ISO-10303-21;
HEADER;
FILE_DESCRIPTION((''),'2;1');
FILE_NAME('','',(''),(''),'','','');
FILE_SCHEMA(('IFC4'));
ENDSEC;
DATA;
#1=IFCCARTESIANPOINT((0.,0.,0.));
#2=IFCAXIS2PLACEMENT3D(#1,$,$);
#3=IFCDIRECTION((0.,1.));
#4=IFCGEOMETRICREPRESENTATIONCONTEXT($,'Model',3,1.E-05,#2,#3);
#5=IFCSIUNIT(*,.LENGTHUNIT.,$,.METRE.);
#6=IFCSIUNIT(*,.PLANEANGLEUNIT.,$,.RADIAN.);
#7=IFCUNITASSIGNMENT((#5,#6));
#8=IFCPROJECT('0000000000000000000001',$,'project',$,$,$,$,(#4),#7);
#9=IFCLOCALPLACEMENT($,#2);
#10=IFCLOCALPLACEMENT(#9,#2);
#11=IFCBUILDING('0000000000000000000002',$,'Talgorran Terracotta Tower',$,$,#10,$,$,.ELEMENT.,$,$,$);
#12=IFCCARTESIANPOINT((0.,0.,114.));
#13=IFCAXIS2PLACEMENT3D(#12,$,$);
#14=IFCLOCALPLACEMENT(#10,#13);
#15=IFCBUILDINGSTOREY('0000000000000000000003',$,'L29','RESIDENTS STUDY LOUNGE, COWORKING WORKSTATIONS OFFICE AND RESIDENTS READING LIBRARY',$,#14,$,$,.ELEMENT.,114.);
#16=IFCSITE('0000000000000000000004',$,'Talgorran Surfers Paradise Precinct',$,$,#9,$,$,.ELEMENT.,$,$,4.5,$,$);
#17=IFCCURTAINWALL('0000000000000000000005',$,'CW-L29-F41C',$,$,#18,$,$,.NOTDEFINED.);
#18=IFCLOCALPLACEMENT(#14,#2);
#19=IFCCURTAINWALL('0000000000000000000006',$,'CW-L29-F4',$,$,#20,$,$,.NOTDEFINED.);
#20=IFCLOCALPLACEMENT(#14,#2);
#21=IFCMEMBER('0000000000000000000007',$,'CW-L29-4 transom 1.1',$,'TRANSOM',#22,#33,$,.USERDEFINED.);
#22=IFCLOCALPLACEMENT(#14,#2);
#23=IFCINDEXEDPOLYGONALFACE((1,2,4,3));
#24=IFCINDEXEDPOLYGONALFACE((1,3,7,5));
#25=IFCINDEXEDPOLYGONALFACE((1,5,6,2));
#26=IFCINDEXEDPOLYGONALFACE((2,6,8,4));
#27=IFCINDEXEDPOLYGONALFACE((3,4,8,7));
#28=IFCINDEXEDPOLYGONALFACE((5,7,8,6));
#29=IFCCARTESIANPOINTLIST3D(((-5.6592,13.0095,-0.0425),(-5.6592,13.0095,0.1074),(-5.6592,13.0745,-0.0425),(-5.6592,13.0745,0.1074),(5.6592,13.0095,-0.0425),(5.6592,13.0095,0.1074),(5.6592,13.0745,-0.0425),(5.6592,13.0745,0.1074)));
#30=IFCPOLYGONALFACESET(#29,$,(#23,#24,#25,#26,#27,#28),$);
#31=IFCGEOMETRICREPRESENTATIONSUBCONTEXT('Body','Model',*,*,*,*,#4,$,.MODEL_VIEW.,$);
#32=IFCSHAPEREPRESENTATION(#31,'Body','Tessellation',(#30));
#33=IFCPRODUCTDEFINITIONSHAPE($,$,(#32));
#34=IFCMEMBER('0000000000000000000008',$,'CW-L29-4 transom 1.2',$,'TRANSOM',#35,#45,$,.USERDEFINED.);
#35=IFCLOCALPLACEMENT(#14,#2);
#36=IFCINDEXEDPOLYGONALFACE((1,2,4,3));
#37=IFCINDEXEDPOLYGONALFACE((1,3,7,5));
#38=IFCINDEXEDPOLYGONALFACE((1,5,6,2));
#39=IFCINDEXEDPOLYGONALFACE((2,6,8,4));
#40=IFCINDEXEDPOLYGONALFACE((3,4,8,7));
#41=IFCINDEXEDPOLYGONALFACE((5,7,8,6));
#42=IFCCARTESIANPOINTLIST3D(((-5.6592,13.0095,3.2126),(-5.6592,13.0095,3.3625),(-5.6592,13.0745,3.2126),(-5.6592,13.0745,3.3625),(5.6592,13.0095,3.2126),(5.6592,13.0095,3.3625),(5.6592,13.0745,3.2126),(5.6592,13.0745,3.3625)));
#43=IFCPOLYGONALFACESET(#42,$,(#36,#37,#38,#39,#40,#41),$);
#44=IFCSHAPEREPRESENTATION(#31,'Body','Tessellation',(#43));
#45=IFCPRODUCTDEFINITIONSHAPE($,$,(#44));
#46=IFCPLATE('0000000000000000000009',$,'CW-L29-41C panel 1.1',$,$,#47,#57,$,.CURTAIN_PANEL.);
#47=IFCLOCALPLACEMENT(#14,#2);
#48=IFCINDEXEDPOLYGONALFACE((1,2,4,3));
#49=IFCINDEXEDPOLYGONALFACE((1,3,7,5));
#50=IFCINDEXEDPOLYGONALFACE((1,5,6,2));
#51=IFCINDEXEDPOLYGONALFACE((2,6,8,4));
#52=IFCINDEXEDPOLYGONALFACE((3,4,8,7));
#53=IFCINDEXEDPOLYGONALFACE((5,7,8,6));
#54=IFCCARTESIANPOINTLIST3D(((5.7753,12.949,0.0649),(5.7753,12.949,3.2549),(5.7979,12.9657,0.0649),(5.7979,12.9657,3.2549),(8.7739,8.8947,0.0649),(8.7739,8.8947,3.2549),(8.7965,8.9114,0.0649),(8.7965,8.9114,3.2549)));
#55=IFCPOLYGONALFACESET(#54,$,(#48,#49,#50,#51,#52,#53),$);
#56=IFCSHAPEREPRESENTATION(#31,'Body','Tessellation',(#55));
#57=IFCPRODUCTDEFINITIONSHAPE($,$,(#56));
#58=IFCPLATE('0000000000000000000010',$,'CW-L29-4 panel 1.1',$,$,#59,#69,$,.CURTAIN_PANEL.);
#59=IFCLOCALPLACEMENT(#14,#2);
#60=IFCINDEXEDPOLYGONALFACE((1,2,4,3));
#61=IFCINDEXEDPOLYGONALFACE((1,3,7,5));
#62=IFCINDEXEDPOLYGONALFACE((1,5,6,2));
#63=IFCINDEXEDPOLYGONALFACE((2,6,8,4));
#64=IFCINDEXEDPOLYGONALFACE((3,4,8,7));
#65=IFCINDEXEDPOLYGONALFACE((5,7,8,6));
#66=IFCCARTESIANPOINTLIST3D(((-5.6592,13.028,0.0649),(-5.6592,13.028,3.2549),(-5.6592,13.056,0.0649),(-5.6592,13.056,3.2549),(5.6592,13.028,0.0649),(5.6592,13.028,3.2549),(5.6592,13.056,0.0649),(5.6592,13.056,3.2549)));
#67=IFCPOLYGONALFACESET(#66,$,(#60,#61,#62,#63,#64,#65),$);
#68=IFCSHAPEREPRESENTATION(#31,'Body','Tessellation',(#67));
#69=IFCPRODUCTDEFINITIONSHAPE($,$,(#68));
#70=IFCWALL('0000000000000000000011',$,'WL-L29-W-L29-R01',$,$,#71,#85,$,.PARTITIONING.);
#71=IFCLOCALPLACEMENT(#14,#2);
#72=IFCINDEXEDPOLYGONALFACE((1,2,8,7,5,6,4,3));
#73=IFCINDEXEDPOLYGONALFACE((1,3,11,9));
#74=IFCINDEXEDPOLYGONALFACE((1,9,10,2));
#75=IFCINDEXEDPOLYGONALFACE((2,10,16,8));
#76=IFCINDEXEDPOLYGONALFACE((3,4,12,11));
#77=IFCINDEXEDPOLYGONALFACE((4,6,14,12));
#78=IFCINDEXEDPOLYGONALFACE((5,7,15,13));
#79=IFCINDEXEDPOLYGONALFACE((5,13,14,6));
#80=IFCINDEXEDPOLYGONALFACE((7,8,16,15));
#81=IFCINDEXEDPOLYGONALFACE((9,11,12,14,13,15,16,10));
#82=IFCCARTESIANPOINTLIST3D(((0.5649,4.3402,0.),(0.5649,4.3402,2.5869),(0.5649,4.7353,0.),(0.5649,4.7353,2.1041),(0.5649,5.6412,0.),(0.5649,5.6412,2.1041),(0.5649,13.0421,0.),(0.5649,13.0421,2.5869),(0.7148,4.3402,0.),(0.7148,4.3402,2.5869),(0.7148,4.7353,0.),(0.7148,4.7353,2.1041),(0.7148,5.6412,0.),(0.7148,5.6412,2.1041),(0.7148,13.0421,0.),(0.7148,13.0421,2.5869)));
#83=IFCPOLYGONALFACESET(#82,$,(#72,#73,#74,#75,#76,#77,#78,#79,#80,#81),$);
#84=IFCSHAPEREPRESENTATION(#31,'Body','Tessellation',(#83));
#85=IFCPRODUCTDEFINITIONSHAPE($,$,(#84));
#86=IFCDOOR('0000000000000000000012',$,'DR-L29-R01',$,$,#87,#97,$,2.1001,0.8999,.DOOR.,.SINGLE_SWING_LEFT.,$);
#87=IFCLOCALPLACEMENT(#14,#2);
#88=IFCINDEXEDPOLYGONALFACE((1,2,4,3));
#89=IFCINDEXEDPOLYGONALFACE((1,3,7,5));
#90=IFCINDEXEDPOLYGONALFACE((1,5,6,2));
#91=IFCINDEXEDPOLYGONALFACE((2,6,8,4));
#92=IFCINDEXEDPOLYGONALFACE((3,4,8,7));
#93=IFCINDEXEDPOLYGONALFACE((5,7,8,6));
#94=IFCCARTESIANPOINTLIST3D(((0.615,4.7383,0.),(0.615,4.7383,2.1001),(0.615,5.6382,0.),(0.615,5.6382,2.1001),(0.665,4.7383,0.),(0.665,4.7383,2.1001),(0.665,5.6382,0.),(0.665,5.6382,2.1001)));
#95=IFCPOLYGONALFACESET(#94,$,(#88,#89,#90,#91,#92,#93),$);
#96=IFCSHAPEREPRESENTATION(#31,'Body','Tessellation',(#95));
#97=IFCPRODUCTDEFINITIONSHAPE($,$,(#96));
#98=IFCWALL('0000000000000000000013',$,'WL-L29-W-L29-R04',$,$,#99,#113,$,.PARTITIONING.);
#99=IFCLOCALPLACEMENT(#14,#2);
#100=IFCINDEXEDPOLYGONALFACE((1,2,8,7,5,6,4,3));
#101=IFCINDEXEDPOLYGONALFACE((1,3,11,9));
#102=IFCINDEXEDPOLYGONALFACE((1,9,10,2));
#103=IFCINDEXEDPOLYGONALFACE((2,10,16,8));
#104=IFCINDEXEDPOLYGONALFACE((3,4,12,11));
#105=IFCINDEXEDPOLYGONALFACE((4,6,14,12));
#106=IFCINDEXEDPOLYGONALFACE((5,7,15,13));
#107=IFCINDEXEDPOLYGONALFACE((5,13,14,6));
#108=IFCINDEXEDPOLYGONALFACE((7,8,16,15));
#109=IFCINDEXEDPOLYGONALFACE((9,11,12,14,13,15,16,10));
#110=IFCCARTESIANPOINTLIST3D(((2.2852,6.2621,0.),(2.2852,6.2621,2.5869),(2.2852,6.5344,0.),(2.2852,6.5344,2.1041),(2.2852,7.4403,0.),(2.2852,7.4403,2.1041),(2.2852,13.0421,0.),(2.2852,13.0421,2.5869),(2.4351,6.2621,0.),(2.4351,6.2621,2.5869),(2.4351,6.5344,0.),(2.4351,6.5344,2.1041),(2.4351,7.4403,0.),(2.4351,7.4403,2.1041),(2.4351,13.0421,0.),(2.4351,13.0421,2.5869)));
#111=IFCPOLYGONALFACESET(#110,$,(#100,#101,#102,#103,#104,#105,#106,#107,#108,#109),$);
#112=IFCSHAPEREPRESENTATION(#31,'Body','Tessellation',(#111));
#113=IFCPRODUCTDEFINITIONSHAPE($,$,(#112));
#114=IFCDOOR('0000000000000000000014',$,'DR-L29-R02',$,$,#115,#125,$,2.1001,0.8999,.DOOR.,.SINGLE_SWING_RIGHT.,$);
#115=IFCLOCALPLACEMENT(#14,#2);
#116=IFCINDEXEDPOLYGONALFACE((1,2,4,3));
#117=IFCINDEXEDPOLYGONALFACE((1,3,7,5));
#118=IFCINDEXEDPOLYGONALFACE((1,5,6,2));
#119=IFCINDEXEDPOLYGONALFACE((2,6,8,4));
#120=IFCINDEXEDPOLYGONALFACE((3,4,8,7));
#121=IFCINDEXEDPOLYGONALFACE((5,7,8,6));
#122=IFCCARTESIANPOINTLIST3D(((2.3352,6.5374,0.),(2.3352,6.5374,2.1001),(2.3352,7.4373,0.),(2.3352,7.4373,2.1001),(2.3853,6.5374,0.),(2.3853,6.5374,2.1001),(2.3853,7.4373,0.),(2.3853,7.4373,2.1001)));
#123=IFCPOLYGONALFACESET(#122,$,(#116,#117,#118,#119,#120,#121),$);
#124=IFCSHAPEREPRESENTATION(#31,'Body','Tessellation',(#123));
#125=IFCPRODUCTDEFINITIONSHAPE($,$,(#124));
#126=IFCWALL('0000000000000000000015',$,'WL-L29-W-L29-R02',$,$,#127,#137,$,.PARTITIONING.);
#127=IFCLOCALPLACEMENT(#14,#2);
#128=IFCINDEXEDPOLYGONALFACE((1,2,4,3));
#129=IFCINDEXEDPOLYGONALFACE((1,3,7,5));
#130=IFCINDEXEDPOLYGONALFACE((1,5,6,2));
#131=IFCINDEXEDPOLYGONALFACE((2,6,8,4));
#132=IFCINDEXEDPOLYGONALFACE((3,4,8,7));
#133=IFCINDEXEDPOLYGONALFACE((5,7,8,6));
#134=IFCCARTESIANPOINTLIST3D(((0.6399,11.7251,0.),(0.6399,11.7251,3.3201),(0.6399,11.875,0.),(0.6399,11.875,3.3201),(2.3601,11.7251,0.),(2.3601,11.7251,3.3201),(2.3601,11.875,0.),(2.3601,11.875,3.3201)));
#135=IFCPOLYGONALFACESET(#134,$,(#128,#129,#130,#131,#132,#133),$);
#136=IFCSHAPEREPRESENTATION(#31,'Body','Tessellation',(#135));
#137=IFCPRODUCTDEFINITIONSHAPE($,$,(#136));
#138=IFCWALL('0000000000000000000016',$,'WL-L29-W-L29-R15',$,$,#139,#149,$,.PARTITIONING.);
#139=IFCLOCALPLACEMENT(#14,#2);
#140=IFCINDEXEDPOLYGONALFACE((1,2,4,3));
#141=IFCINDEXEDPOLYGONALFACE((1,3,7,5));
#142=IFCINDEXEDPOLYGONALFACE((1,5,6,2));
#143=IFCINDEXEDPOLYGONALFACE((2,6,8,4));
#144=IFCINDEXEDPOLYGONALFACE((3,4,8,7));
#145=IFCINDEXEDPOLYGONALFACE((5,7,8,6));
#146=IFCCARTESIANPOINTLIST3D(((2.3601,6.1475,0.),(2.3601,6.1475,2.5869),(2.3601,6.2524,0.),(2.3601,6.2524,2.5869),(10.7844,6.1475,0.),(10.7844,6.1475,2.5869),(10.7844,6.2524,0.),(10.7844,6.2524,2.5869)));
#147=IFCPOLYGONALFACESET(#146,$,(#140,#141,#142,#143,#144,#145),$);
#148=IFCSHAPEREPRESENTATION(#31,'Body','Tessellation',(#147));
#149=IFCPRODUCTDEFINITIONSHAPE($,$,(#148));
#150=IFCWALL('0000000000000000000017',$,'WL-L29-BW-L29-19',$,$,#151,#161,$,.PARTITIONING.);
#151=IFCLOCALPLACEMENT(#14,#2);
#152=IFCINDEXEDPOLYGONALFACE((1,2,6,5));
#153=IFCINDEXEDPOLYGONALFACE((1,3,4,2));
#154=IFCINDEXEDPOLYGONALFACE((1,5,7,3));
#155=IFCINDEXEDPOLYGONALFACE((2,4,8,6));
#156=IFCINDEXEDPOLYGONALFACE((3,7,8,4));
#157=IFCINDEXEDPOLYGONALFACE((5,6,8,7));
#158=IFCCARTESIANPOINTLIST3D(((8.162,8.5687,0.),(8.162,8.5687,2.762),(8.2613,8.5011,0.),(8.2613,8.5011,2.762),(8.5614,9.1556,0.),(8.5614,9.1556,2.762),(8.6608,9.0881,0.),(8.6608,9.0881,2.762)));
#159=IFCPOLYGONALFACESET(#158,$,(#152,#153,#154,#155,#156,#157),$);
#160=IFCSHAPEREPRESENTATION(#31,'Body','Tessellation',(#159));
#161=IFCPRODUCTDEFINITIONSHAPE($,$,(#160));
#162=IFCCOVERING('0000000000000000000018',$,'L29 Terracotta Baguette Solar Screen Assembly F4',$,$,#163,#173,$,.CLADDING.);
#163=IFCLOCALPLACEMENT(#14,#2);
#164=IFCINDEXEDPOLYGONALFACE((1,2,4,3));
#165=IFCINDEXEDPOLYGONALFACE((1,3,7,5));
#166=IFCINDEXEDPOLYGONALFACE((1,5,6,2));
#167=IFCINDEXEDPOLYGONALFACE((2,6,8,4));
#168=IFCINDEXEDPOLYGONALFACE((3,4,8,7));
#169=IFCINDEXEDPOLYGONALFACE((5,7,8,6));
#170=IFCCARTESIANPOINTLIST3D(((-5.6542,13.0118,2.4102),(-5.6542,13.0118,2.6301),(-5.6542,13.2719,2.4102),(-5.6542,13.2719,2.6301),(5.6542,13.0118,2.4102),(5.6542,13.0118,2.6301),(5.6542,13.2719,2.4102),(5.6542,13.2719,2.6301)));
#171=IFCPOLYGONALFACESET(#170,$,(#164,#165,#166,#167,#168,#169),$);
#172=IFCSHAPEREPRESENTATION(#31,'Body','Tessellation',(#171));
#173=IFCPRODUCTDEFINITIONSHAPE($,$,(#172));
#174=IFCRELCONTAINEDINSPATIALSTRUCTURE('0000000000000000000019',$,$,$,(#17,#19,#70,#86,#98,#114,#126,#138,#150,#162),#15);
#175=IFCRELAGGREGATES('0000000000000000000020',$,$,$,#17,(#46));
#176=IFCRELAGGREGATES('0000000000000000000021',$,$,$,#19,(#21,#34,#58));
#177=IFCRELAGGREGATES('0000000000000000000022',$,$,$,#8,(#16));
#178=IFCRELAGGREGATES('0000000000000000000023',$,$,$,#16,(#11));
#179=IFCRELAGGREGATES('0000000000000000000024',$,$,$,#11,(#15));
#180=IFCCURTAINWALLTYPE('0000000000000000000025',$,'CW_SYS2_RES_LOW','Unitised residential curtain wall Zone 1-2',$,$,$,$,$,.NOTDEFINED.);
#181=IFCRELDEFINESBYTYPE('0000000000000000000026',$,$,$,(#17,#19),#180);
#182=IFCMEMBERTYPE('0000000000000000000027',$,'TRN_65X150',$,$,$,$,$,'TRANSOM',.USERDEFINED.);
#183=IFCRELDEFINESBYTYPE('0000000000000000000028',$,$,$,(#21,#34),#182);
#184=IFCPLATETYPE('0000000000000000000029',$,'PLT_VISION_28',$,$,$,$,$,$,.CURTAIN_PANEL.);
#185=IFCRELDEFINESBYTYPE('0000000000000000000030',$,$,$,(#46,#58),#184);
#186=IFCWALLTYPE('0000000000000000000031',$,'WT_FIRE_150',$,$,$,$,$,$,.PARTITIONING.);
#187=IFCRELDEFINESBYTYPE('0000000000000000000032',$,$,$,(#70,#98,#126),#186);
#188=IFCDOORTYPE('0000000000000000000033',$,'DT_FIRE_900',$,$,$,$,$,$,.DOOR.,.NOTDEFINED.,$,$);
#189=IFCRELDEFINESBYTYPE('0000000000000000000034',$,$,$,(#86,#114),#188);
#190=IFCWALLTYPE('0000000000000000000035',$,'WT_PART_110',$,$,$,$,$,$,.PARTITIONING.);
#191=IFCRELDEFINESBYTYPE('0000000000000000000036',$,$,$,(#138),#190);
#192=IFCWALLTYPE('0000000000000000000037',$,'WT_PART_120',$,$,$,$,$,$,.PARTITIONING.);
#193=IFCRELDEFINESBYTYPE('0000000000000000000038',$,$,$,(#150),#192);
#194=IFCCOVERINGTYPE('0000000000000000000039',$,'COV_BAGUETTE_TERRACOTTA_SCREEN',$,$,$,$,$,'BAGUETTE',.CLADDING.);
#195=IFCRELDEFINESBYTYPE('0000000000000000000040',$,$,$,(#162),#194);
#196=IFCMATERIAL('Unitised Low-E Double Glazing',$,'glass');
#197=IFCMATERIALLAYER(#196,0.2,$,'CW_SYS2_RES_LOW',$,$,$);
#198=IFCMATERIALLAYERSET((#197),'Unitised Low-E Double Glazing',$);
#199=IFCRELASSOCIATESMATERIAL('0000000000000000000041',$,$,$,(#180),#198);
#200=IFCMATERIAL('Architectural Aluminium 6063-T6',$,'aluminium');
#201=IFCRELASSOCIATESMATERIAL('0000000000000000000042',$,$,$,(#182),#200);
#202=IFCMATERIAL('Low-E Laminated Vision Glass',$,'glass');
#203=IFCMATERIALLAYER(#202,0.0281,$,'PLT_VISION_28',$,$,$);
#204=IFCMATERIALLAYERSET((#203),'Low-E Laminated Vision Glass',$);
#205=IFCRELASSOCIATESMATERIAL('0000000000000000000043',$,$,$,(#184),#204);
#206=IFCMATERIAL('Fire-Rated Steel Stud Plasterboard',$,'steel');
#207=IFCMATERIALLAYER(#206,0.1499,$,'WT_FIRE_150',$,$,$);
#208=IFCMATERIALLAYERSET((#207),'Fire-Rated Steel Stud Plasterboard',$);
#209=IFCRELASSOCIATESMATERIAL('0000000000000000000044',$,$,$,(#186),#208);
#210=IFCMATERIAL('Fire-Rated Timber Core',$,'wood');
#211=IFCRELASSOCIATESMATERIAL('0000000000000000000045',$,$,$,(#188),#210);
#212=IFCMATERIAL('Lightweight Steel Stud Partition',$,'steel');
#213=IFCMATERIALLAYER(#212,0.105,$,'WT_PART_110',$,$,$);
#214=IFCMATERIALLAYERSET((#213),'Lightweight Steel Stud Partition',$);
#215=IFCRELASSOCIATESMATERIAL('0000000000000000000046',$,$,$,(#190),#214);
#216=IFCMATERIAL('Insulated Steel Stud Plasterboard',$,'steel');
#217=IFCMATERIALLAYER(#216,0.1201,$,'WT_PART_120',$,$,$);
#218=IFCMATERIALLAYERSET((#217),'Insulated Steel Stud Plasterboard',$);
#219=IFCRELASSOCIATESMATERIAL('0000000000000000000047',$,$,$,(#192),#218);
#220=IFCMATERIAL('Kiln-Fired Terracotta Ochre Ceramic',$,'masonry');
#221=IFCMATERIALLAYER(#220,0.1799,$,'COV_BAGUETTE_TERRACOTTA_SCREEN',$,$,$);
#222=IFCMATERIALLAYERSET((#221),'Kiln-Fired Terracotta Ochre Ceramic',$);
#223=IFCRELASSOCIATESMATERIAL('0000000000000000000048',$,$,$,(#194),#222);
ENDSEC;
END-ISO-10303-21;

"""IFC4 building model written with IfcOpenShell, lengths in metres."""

from ifc_helpers import new_model, si_unit, direction, frame, frame_2d, origin, origin_2d, place, context, subcontext, project, spatial, rectangle, extrude, source, transform, mapped, material, layer, layer_set, material_profile, profile_set, type_object, type_shapes, element, fill, aggregate, save


model = new_model("IFC4")

# Units and contexts
model_context = context("Model", 3, precision=1e-05, world=origin(), true_north=direction((0.0, 1.0)))
body_context = subcontext(model_context, "Body", "Model", "MODEL_VIEW")
ifc_project = project(units=[si_unit("LENGTHUNIT", "METRE"), si_unit("PLANEANGLEUNIT", "RADIAN")], contexts=[model_context])

# Site, building, storey
site_placement = place(None, origin())
site = spatial("IfcSite", under=ifc_project, at=site_placement, Name="Talgorran Surfers Paradise Precinct", CompositionType="ELEMENT", RefElevation=4.5)
building_placement = place(site_placement, origin())
building = spatial("IfcBuilding", under=site, at=building_placement, Name="Talgorran Terracotta Tower", CompositionType="ELEMENT")
storey_placement = place(building_placement, frame((0.0, 0.0, 114.0)))
storey = spatial("IfcBuildingStorey", under=building, at=storey_placement, Name="L29", Description="RESIDENTS STUDY LOUNGE, COWORKING WORKSTATIONS OFFICE AND RESIDENTS READING LIBRARY", CompositionType="ELEMENT", Elevation=114.0)

# Curtain wall
ifc_material_1 = material(Name="Unitised Low-E Double Glazing", Category="glass")
ifc_layer_1 = layer(ifc_material_1, 0.2, Name="CW_SYS2_RES_LOW")
ifc_layer_set_1 = layer_set([ifc_layer_1], Name="Unitised Low-E Double Glazing")
curtain_wall_type = type_object("IfcCurtainWallType", Name="CW_SYS2_RES_LOW", Description="Unitised residential curtain wall Zone 1-2", PredefinedType="NOTDEFINED", material=ifc_layer_set_1)
curtain_wall_1_placement = place(storey_placement, origin())
curtain_wall_1 = element("IfcCurtainWall", 1, at=curtain_wall_1_placement, inside=storey, type_object=curtain_wall_type, Name="CW-L29-F41C", PredefinedType="NOTDEFINED")
ifc_material_2 = material(Name="Architectural Aluminium 6063-T6", Category="aluminium")

# Curtain wall, members
curtain_wall_2_placement = place(storey_placement, origin())
curtain_wall_2 = element("IfcCurtainWall", 2, at=curtain_wall_2_placement, inside=storey, type_object=curtain_wall_type, Name="CW-L29-F4", PredefinedType="NOTDEFINED")
ifc_material_profile_1 = material_profile(ifc_material_2, rectangle(XDim=0.0649, YDim=0.1499, at=origin_2d()), Name="CWT65X150")
ifc_profile_set_1 = profile_set([ifc_material_profile_1], Name="Architectural Aluminium 6063-T6")
member_type_1 = type_object("IfcMemberType", Name="TRN_65X150", ElementType="TRANSOM", PredefinedType="USERDEFINED", material=ifc_profile_set_1)
member_1_placement = place(storey_placement, frame((5.6592, 13.042, 0.0325), z_axis=(-1.0, 0.0, 0.0), x_axis=(0.0, -1.0, 0.0)))
member_1 = element("IfcMember", 3, at=member_1_placement, type_object=member_type_1, Name="CW-L29-4 transom 1.1", ObjectType="TRANSOM", PredefinedType="USERDEFINED", context=body_context, shape_type="SweptSolid", body=[
    extrude(rectangle(XDim=0.0649, YDim=0.1499, at=origin_2d()), origin(), (0.0, 0.0, 1.0), 11.3184),
])
member_2_placement = place(storey_placement, frame((5.6592, 13.042, 3.2876), z_axis=(-1.0, 0.0, 0.0), x_axis=(0.0, -1.0, 0.0)))
member_2 = element("IfcMember", 4, at=member_2_placement, type_object=member_type_1, Name="CW-L29-4 transom 1.2", ObjectType="TRANSOM", PredefinedType="USERDEFINED", context=body_context, shape_type="SweptSolid", body=[
    extrude(rectangle(XDim=0.0649, YDim=0.1499, at=origin_2d()), origin(), (0.0, 0.0, 1.0), 11.3184),
])

# Plates
ifc_material_3 = material(Name="Low-E Laminated Vision Glass", Category="glass")
ifc_layer_2 = layer(ifc_material_3, 0.0281, Name="PLT_VISION_28")
ifc_layer_set_2 = layer_set([ifc_layer_2], Name="Low-E Laminated Vision Glass")
plate_type = type_object("IfcPlateType", Name="PLT_VISION_28", PredefinedType="CURTAIN_PANEL", material=ifc_layer_set_2)
shared_shape_1 = source(origin(), body_context, "Body", "SweptSolid", [
    extrude(rectangle(XDim=5.0427, YDim=0.0281, at=origin_2d()), origin(), (0.0, 0.0, 1.0), 3.1899),
])
plate_1_placement = place(storey_placement, frame((7.2859, 10.9302, 0.0649), z_axis=(0.0, 0.0, 1.0), x_axis=(-0.594632, 0.803998, 0.0)))
plate_1 = element("IfcPlate", 5, at=plate_1_placement, type_object=plate_type, Name="CW-L29-41C panel 1.1", PredefinedType="CURTAIN_PANEL", context=body_context, shape_type="MappedRepresentation", body=[
    mapped(shared_shape_1, transform((0.0, 0.0, 0.0), scale=1.0)),
])
aggregate(curtain_wall_1, [plate_1])
shared_shape_2 = source(origin(), body_context, "Body", "SweptSolid", [
    extrude(rectangle(XDim=11.3184, YDim=0.0281, at=origin_2d()), origin(), (0.0, 0.0, 1.0), 3.1899),
])
type_shapes(plate_type, [shared_shape_1, shared_shape_2])
plate_2_placement = place(storey_placement, frame((0.0, 13.042, 0.0649), z_axis=(0.0, 0.0, 1.0), x_axis=(-1.0, 0.0, 0.0)))
plate_2 = element("IfcPlate", 6, at=plate_2_placement, type_object=plate_type, Name="CW-L29-4 panel 1.1", PredefinedType="CURTAIN_PANEL", context=body_context, shape_type="MappedRepresentation", body=[
    mapped(shared_shape_2, transform((0.0, 0.0, 0.0), scale=1.0)),
])
aggregate(curtain_wall_2, [member_1, member_2, plate_2])

# Walls, openings, doors
ifc_material_4 = material(Name="Fire-Rated Steel Stud Plasterboard", Category="steel")
ifc_layer_3 = layer(ifc_material_4, 0.1499, Name="WT_FIRE_150")
ifc_layer_set_3 = layer_set([ifc_layer_3], Name="Fire-Rated Steel Stud Plasterboard")
wall_type_1 = type_object("IfcWallType", Name="WT_FIRE_150", PredefinedType="PARTITIONING", material=ifc_layer_set_3)
wall_1_placement = place(storey_placement, frame((0.6399, 4.3401, 0.0), z_axis=(0.0, 0.0, 1.0), x_axis=(0.0, 1.0, 0.0)))
wall_1 = element("IfcWall", 7, at=wall_1_placement, inside=storey, type_object=wall_type_1, Name="WL-L29-W-L29-R01", PredefinedType="PARTITIONING", context=body_context, shape_type="SweptSolid", body=[
    extrude(rectangle(XDim=8.7019, YDim=0.1499, at=frame_2d((4.3511, 0.0))), origin(), (0.0, 0.0, 1.0), 2.5869),
])
opening_1_placement = place(wall_1_placement, frame((0.3982, 0.0, 0.0)))
opening_1 = element("IfcOpeningElement", 8, at=opening_1_placement, cuts=wall_1, PredefinedType="OPENING", context=body_context, shape_type="SweptSolid", body=[
    extrude(rectangle(XDim=0.9059, YDim=2.1041, at=frame_2d((0.45, 1.052))), frame((0.0, 0.085, 0.0), z_axis=(0.0, -1.0, 0.0), x_axis=(1.0, 0.0, 0.0)), (0.0, 0.0, 1.0), 0.1699),
])
ifc_material_5 = material(Name="Fire-Rated Timber Core", Category="wood")
door_type = type_object("IfcDoorType", Name="DT_FIRE_900", OperationType="NOTDEFINED", PredefinedType="DOOR", material=ifc_material_5)
door_1_placement = place(opening_1_placement, origin())
door_1 = element("IfcDoor", 9, at=door_1_placement, inside=storey, type_object=door_type, Name="DR-L29-R01", OperationType="SINGLE_SWING_LEFT", OverallHeight=2.1001, OverallWidth=0.8999, PredefinedType="DOOR", context=body_context, shape_type="SweptSolid", body=[
    extrude(rectangle(XDim=0.8999, YDim=2.1001, at=frame_2d((0.45, 1.05))), frame((0.0, 0.0249, 0.0), z_axis=(0.0, -1.0, 0.0), x_axis=(1.0, 0.0, 0.0)), (0.0, 0.0, 1.0), 0.05),
])
fill(opening_1, door_1)
wall_2_placement = place(storey_placement, frame((2.3601, 6.262, 0.0), z_axis=(0.0, 0.0, 1.0), x_axis=(0.0, 1.0, 0.0)))
wall_2 = element("IfcWall", 10, at=wall_2_placement, inside=storey, type_object=wall_type_1, Name="WL-L29-W-L29-R04", PredefinedType="PARTITIONING", context=body_context, shape_type="SweptSolid", body=[
    extrude(rectangle(XDim=6.78, YDim=0.1499, at=frame_2d((3.3901, 0.0))), origin(), (0.0, 0.0, 1.0), 2.5869),
])
opening_2_placement = place(wall_2_placement, frame((0.2754, 0.0, 0.0)))
opening_2 = element("IfcOpeningElement", 11, at=opening_2_placement, cuts=wall_2, PredefinedType="OPENING", context=body_context, shape_type="SweptSolid", body=[
    extrude(rectangle(XDim=0.9059, YDim=2.1041, at=frame_2d((0.45, 1.052))), frame((0.0, 0.085, 0.0), z_axis=(0.0, -1.0, 0.0), x_axis=(1.0, 0.0, 0.0)), (0.0, 0.0, 1.0), 0.1699),
])
door_2_placement = place(opening_2_placement, origin())
door_2 = element("IfcDoor", 12, at=door_2_placement, inside=storey, type_object=door_type, Name="DR-L29-R02", OperationType="SINGLE_SWING_RIGHT", OverallHeight=2.1001, OverallWidth=0.8999, PredefinedType="DOOR", context=body_context, shape_type="SweptSolid", body=[
    extrude(rectangle(XDim=0.8999, YDim=2.1001, at=frame_2d((0.45, 1.05))), frame((0.0, 0.0249, 0.0), z_axis=(0.0, -1.0, 0.0), x_axis=(1.0, 0.0, 0.0)), (0.0, 0.0, 1.0), 0.05),
])
fill(opening_2, door_2)

# Walls
wall_3_placement = place(storey_placement, frame((0.6399, 11.8, 0.0), z_axis=(0.0, 0.0, 1.0), x_axis=(1.0, 0.0, 0.0)))
element("IfcWall", 13, at=wall_3_placement, inside=storey, type_object=wall_type_1, Name="WL-L29-W-L29-R02", PredefinedType="PARTITIONING", context=body_context, shape_type="SweptSolid", body=[
    extrude(rectangle(XDim=1.7202, YDim=0.1499, at=frame_2d((0.8601, 0.0))), origin(), (0.0, 0.0, 1.0), 3.3201),
])
ifc_material_6 = material(Name="Lightweight Steel Stud Partition", Category="steel")
ifc_layer_4 = layer(ifc_material_6, 0.105, Name="WT_PART_110")
ifc_layer_set_4 = layer_set([ifc_layer_4], Name="Lightweight Steel Stud Partition")
wall_type_2 = type_object("IfcWallType", Name="WT_PART_110", PredefinedType="PARTITIONING", material=ifc_layer_set_4)
wall_4_placement = place(storey_placement, frame((2.3601, 6.2, 0.0), z_axis=(0.0, 0.0, 1.0), x_axis=(1.0, 0.0, 0.0)))
element("IfcWall", 14, at=wall_4_placement, inside=storey, type_object=wall_type_2, Name="WL-L29-W-L29-R15", PredefinedType="PARTITIONING", context=body_context, shape_type="SweptSolid", body=[
    extrude(rectangle(XDim=8.4243, YDim=0.105, at=frame_2d((4.2122, 0.0))), origin(), (0.0, 0.0, 1.0), 2.5869),
])
ifc_material_7 = material(Name="Insulated Steel Stud Plasterboard", Category="steel")
ifc_layer_5 = layer(ifc_material_7, 0.1201, Name="WT_PART_120")
ifc_layer_set_5 = layer_set([ifc_layer_5], Name="Insulated Steel Stud Plasterboard")
wall_type_3 = type_object("IfcWallType", Name="WT_PART_120", PredefinedType="PARTITIONING", material=ifc_layer_set_5)
wall_5_placement = place(storey_placement, frame((8.2117, 8.5349, 0.0), z_axis=(0.0, 0.0, 1.0), x_axis=(0.562611, 0.826722, 0.0)))
element("IfcWall", 15, at=wall_5_placement, inside=storey, type_object=wall_type_3, Name="WL-L29-BW-L29-19", PredefinedType="PARTITIONING", context=body_context, shape_type="SweptSolid", body=[
    extrude(rectangle(XDim=0.71, YDim=0.1201, at=frame_2d((0.355, 0.0))), origin(), (0.0, 0.0, 1.0), 2.762),
])

# Covering
ifc_material_8 = material(Name="Kiln-Fired Terracotta Ochre Ceramic", Category="masonry")
ifc_layer_6 = layer(ifc_material_8, 0.1799, Name="COV_BAGUETTE_TERRACOTTA_SCREEN")
ifc_layer_set_6 = layer_set([ifc_layer_6], Name="Kiln-Fired Terracotta Ochre Ceramic")
covering_type_1 = type_object("IfcCoveringType", Name="COV_BAGUETTE_TERRACOTTA_SCREEN", ElementType="BAGUETTE", PredefinedType="CLADDING", material=ifc_layer_set_6)
covering_1_placement = place(storey_placement, frame((0.0, 13.1418, 2.4102), z_axis=(0.0, 0.0, 1.0), x_axis=(-1.0, 0.0, 0.0)))
element("IfcCovering", 16, at=covering_1_placement, inside=storey, type_object=covering_type_1, Name="L29 Terracotta Baguette Solar Screen Assembly F4", PredefinedType="CLADDING", context=body_context, shape_type="SweptSolid", body=[
    extrude(rectangle(XDim=11.3083, YDim=0.26, at=origin_2d()), origin(), (0.0, 0.0, 1.0), 0.22),
])

save(model, "model.ifc")
